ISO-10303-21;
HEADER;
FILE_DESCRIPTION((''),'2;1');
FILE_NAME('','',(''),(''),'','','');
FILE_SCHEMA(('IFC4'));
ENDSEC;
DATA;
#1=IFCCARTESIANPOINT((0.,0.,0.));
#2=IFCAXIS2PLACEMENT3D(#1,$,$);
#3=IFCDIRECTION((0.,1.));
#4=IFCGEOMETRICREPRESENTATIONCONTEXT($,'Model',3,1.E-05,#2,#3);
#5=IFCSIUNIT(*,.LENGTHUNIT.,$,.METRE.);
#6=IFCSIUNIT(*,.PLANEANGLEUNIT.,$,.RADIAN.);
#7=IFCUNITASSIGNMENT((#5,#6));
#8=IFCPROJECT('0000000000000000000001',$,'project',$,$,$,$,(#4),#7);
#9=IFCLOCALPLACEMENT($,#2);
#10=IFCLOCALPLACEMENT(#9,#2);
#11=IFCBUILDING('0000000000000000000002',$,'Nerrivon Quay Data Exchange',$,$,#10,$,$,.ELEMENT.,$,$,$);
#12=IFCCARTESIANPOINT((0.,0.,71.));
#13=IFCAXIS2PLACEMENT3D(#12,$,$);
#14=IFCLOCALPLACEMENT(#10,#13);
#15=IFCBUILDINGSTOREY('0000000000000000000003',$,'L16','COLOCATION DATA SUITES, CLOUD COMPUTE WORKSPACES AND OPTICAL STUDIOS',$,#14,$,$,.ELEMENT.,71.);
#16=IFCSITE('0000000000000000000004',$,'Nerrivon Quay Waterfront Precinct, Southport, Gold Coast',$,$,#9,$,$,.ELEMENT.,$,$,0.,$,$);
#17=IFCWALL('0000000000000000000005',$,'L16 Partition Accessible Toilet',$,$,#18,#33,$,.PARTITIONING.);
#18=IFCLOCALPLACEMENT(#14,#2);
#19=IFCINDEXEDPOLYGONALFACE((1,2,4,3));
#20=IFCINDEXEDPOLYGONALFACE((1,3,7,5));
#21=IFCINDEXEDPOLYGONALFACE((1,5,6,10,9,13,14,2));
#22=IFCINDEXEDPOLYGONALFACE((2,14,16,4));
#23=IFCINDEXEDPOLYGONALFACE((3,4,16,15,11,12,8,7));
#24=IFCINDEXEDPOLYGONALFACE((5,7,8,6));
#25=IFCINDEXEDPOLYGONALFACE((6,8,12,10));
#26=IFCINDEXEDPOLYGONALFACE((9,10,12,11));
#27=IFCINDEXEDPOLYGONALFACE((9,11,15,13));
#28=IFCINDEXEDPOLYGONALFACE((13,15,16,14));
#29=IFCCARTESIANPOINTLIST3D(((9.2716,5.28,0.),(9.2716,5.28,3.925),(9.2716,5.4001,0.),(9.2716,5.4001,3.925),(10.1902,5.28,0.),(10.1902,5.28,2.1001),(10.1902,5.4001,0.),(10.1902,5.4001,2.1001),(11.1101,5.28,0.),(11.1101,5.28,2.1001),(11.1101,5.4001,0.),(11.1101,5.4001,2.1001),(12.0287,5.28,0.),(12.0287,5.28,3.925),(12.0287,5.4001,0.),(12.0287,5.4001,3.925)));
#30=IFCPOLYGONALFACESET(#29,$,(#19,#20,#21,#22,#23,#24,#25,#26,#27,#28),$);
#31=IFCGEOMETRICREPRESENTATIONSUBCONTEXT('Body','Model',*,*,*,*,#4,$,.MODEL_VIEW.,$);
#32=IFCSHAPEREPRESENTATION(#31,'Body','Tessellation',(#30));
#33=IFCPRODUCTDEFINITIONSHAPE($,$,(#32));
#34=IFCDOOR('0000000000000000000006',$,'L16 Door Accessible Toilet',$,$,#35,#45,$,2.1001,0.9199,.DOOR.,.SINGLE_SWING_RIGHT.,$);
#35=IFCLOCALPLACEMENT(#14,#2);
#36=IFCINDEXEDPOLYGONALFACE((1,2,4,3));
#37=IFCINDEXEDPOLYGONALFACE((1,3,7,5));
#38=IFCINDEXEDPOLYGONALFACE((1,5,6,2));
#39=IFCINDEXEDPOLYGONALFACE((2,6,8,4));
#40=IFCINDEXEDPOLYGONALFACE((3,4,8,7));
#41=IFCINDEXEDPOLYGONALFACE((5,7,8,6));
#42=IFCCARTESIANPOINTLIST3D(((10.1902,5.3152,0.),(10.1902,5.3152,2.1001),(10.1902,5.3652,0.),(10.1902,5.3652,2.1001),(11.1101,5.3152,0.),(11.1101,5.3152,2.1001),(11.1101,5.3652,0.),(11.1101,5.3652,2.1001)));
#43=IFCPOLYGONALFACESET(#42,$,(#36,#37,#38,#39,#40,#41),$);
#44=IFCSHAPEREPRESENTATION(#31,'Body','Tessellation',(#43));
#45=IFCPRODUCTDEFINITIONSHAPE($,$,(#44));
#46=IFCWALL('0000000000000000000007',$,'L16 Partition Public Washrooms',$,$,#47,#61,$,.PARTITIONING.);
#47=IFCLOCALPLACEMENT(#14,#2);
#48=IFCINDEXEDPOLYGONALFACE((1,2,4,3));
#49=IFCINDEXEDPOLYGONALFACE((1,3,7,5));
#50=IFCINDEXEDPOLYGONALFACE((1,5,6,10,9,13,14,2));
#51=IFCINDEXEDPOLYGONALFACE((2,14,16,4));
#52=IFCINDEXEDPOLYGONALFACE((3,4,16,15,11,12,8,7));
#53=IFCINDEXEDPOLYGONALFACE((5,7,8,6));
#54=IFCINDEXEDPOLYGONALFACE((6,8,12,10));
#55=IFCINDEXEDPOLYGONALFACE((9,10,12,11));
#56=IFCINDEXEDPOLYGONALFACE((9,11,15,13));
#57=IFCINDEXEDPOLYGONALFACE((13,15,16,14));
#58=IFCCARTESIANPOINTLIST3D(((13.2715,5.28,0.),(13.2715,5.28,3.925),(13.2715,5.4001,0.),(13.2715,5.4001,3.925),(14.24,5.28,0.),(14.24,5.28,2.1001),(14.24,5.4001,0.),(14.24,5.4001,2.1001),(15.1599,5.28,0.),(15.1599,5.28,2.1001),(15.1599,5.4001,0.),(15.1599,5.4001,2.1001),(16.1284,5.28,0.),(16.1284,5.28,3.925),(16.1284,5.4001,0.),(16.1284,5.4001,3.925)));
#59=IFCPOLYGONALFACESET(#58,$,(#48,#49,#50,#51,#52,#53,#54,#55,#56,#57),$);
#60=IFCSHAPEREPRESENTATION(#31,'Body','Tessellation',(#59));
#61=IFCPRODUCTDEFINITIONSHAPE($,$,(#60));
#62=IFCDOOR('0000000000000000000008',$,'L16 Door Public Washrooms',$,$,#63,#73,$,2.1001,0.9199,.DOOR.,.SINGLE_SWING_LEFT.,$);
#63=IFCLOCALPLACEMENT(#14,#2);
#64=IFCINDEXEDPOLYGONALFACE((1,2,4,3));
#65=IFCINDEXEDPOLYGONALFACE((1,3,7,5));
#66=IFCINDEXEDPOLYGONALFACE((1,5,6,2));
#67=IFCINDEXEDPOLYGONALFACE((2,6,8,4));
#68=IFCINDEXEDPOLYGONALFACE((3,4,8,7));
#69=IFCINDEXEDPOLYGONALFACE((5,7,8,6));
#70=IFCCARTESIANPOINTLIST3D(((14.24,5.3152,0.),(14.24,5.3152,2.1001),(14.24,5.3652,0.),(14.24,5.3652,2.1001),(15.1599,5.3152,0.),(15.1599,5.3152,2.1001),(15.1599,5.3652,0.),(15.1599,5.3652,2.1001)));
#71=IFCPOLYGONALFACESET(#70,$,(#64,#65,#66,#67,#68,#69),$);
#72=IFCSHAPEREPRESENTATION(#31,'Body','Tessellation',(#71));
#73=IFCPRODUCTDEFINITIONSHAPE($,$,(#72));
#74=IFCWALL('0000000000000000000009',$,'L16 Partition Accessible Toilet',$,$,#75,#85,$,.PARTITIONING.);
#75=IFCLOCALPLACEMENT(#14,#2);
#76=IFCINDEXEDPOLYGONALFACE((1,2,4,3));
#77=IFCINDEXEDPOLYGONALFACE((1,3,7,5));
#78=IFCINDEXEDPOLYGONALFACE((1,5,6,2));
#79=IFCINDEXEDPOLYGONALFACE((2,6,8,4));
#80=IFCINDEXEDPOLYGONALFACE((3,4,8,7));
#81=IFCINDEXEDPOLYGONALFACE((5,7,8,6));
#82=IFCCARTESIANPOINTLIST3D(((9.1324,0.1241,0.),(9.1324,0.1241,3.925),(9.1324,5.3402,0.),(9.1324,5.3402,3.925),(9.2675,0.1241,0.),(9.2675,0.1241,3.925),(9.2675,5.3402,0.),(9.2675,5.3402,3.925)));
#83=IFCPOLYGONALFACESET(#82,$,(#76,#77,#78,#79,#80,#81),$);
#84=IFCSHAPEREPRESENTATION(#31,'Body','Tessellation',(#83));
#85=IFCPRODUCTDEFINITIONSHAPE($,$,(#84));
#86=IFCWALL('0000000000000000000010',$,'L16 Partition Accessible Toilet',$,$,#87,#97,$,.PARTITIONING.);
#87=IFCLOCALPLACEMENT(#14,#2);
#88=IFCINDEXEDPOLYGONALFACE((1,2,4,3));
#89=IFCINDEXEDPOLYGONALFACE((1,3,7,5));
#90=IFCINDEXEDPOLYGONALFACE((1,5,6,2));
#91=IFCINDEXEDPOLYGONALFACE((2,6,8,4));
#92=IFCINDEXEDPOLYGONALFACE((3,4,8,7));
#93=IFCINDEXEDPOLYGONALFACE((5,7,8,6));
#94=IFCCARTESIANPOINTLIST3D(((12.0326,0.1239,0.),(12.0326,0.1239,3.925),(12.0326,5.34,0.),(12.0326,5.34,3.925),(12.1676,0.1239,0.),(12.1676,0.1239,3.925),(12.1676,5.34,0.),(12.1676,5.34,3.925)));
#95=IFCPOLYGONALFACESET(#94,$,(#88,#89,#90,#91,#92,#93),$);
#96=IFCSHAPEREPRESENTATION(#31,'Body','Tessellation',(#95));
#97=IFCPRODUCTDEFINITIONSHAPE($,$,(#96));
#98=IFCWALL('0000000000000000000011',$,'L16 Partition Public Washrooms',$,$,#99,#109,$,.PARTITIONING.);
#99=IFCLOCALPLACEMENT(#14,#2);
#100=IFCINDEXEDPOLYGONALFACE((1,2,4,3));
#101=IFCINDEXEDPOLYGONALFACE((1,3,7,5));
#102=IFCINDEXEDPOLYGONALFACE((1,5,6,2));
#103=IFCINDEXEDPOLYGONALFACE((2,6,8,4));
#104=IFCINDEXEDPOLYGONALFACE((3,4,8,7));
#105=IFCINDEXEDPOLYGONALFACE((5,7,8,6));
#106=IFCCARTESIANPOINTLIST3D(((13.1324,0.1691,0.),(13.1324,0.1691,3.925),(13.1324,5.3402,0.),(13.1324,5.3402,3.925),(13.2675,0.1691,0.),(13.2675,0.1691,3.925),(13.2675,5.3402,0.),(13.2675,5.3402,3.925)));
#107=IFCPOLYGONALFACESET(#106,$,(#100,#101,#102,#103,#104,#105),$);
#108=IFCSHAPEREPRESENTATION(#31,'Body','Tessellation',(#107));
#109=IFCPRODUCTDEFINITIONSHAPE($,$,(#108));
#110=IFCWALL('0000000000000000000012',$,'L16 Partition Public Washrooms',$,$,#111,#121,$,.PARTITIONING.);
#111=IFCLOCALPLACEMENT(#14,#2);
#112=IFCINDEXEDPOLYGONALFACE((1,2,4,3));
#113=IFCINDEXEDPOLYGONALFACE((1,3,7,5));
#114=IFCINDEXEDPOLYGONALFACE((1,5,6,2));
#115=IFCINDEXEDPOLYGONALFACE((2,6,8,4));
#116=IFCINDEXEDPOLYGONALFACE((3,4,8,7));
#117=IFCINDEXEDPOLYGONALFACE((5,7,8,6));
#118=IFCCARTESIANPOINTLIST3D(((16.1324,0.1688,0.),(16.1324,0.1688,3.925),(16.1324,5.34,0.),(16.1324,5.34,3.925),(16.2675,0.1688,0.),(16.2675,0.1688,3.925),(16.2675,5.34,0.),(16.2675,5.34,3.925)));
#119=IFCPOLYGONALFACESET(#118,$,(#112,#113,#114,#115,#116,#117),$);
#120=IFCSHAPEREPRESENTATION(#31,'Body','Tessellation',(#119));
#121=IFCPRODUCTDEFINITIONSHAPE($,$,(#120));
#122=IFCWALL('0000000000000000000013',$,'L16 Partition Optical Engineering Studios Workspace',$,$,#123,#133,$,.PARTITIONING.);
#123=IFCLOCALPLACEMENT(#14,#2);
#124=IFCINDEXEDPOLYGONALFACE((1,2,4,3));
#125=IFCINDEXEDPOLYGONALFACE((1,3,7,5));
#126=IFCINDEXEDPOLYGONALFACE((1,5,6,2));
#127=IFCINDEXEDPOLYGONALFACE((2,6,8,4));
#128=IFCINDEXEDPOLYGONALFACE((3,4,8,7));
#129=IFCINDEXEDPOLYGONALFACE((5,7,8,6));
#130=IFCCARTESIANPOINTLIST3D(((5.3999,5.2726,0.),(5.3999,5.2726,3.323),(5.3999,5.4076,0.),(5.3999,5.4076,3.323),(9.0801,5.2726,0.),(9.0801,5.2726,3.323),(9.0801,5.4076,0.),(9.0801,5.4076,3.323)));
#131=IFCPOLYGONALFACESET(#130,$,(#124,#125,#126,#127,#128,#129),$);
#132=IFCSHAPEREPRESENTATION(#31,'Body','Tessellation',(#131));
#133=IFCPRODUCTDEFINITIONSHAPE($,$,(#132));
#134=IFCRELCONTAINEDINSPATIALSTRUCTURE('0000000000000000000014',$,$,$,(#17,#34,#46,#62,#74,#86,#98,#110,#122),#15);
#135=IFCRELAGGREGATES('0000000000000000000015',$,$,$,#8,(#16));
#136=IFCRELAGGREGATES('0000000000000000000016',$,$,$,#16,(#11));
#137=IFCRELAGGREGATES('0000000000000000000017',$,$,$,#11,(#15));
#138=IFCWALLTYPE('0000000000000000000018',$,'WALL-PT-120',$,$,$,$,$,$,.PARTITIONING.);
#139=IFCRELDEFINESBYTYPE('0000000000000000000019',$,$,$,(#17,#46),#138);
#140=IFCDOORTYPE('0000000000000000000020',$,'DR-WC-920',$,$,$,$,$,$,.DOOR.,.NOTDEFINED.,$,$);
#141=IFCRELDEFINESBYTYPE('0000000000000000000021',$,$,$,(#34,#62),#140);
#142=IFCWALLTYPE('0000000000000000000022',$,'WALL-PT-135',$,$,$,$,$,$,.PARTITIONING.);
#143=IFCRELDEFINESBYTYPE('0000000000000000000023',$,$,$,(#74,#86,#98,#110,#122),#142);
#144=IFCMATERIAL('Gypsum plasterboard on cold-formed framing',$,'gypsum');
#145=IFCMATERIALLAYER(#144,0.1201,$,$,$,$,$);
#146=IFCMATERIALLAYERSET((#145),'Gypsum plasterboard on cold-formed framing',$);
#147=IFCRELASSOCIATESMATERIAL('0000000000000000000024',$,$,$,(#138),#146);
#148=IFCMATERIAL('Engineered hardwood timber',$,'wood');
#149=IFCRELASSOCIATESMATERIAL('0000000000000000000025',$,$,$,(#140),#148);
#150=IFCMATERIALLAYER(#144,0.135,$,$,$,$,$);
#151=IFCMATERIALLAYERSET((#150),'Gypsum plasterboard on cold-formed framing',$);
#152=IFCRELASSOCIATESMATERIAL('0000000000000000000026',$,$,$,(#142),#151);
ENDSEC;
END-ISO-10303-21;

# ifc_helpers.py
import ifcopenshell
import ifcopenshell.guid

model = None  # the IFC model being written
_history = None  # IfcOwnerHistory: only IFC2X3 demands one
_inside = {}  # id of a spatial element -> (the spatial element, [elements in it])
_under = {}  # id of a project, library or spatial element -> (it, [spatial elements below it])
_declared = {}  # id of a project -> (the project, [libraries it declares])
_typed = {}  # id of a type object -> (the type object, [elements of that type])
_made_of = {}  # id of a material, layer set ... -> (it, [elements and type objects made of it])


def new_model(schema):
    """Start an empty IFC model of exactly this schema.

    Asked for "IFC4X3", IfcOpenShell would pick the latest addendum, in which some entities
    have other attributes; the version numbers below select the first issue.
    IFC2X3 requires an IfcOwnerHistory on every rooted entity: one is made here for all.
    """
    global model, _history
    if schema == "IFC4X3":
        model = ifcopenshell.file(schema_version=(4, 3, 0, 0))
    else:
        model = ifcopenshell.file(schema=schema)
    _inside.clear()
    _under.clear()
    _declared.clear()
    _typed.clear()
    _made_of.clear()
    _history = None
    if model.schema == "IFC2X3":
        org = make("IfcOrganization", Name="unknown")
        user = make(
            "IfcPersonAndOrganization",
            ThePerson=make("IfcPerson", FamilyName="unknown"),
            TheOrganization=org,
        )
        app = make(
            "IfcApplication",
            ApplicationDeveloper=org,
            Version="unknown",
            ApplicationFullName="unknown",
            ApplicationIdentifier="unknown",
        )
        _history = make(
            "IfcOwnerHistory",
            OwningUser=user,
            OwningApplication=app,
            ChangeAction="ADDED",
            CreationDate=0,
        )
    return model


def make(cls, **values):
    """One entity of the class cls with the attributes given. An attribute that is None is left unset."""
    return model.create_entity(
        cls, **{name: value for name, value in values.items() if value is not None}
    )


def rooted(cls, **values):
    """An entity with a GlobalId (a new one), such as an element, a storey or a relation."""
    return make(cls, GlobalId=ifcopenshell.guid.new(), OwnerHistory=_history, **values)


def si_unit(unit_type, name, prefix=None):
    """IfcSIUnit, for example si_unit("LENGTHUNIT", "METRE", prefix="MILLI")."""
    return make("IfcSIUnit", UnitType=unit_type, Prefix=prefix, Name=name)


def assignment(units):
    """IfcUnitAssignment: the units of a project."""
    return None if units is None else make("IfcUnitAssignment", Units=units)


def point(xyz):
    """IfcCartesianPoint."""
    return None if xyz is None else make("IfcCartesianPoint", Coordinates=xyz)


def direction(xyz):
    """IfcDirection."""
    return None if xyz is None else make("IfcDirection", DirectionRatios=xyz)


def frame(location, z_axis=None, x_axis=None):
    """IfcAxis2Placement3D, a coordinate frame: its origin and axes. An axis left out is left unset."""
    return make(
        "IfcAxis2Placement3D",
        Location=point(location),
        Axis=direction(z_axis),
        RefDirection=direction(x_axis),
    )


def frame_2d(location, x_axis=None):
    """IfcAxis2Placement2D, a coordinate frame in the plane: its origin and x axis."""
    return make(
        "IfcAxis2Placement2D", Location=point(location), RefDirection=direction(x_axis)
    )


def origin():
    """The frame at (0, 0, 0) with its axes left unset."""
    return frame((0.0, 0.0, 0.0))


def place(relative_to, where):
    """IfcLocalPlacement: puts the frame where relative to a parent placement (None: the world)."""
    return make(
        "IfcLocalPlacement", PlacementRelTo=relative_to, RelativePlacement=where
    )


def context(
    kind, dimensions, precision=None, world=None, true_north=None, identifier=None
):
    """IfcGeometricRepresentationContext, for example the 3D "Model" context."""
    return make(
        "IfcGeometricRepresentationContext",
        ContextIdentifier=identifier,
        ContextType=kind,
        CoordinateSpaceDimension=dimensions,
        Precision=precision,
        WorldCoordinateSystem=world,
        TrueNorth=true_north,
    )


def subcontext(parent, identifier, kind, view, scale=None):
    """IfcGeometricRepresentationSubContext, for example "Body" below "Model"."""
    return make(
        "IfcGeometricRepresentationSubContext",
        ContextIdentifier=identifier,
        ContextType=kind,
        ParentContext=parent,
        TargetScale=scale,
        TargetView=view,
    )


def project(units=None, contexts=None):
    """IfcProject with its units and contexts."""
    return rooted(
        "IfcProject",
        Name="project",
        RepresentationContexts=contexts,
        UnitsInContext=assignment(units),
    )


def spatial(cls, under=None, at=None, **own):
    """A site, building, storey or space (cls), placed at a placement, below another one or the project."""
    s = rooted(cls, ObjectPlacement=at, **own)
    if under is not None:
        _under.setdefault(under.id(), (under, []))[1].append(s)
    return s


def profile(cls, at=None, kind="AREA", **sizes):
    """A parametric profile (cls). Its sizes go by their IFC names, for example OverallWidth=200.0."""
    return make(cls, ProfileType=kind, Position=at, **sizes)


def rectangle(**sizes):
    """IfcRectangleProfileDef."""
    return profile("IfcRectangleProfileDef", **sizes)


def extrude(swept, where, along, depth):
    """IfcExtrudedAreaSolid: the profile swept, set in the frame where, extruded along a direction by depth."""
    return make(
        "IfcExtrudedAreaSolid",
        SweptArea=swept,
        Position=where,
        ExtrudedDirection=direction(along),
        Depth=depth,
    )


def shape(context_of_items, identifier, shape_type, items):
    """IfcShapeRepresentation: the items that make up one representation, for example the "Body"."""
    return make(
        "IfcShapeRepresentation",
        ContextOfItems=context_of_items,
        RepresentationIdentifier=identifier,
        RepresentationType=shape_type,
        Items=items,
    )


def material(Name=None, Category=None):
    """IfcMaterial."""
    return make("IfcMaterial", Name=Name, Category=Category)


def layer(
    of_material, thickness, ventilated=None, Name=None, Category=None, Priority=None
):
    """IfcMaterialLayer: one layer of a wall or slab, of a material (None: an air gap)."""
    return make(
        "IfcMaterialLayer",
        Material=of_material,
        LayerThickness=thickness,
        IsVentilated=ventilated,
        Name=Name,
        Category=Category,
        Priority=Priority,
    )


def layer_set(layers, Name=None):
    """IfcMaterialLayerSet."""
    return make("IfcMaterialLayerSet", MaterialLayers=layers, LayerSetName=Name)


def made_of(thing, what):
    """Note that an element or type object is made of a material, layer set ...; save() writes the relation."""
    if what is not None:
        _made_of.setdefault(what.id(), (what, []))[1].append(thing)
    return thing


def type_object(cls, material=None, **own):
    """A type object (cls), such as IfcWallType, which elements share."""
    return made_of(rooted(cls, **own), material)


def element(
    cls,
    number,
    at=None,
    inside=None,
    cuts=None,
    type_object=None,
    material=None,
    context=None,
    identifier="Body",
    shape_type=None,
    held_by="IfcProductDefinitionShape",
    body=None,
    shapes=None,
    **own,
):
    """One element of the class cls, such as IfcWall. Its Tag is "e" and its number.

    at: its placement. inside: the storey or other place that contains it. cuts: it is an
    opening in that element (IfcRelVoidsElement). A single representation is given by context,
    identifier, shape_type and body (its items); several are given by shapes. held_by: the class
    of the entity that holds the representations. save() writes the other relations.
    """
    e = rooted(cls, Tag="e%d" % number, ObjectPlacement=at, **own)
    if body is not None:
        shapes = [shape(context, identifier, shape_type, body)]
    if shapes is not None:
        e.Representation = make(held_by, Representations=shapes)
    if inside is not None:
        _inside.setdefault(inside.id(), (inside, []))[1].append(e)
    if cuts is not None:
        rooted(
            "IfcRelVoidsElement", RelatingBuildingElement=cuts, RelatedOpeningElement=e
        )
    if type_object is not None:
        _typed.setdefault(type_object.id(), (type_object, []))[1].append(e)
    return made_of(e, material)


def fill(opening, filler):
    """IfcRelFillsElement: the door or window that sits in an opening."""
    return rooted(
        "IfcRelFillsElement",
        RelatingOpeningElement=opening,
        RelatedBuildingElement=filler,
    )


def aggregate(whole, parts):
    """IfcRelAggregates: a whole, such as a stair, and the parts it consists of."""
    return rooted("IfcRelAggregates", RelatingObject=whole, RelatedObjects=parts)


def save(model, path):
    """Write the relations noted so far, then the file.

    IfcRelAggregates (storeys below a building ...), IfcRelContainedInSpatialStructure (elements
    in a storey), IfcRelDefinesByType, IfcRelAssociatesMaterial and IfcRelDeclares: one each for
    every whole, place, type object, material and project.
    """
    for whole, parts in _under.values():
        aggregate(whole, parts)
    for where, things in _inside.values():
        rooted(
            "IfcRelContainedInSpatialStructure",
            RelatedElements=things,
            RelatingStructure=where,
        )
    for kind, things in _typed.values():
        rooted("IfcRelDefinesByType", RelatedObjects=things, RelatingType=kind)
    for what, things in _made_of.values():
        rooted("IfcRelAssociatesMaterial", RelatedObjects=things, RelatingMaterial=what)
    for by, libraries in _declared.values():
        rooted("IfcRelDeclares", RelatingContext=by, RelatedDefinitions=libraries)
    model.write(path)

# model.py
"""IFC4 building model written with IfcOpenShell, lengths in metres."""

from ifc_helpers import new_model, si_unit, direction, frame, frame_2d, origin, place, context, subcontext, project, spatial, rectangle, extrude, material, layer, layer_set, type_object, element, fill, save


model = new_model("IFC4")

# Units and contexts
model_context = context("Model", 3, precision=1e-05, world=origin(), true_north=direction((0.0, 1.0)))
body_context = subcontext(model_context, "Body", "Model", "MODEL_VIEW")
ifc_project = project(units=[si_unit("LENGTHUNIT", "METRE"), si_unit("PLANEANGLEUNIT", "RADIAN")], contexts=[model_context])

# Site, building, storey
site_placement = place(None, origin())
site = spatial("IfcSite", under=ifc_project, at=site_placement, Name="Nerrivon Quay Waterfront Precinct, Southport, Gold Coast", CompositionType="ELEMENT", RefElevation=0.0)
building_placement = place(site_placement, origin())
building = spatial("IfcBuilding", under=site, at=building_placement, Name="Nerrivon Quay Data Exchange", CompositionType="ELEMENT")
storey_placement = place(building_placement, frame((0.0, 0.0, 71.0)))
storey = spatial("IfcBuildingStorey", under=building, at=storey_placement, Name="L16", Description="COLOCATION DATA SUITES, CLOUD COMPUTE WORKSPACES AND OPTICAL STUDIOS", CompositionType="ELEMENT", Elevation=71.0)

# Shared definitions
ifc_material_1 = material(Name="Gypsum plasterboard on cold-formed framing", Category="gypsum")

# Walls, openings, doors
ifc_material_2 = material(Name="Engineered hardwood timber", Category="wood")
ifc_layer_1 = layer(ifc_material_1, 0.1201)
ifc_layer_set_1 = layer_set([ifc_layer_1], Name="Gypsum plasterboard on cold-formed framing")
wall_type_1 = type_object("IfcWallType", Name="WALL-PT-120", PredefinedType="PARTITIONING", material=ifc_layer_set_1)
wall_1_placement = place(storey_placement, frame((12.0286, 5.3401, 0.0), z_axis=(0.0, 0.0, 1.0), x_axis=(-1.0, 0.0, 0.0)))
wall_1 = element("IfcWall", 1, at=wall_1_placement, inside=storey, type_object=wall_type_1, Name="L16 Partition Accessible Toilet", PredefinedType="PARTITIONING", context=body_context, shape_type="SweptSolid", body=[
    extrude(rectangle(XDim=2.7571, YDim=0.1201, at=frame_2d((1.3784, 0.0))), origin(), (0.0, 0.0, 1.0), 3.925),
])
opening_1_placement = place(wall_1_placement, frame((0.9185, 0.0, 0.0)))
opening_1 = element("IfcOpeningElement", 2, at=opening_1_placement, cuts=wall_1, PredefinedType="OPENING", context=body_context, shape_type="SweptSolid", body=[
    extrude(rectangle(XDim=0.9199, YDim=2.1001, at=frame_2d((0.46, 1.05))), frame((0.0, 0.0701, 0.0), z_axis=(0.0, -1.0, 0.0), x_axis=(1.0, 0.0, 0.0)), (0.0, 0.0, 1.0), 0.1401),
])
door_type_1 = type_object("IfcDoorType", Name="DR-WC-920", OperationType="NOTDEFINED", PredefinedType="DOOR", material=ifc_material_2)
door_1_placement = place(opening_1_placement, origin())
door_1 = element("IfcDoor", 3, at=door_1_placement, inside=storey, type_object=door_type_1, Name="L16 Door Accessible Toilet", OperationType="SINGLE_SWING_RIGHT", OverallHeight=2.1001, OverallWidth=0.9199, PredefinedType="DOOR", context=body_context, shape_type="SweptSolid", body=[
    extrude(rectangle(XDim=0.9199, YDim=2.1001, at=frame_2d((0.46, 1.05))), frame((0.0, 0.0249, 0.0), z_axis=(0.0, -1.0, 0.0), x_axis=(1.0, 0.0, 0.0)), (0.0, 0.0, 1.0), 0.05),
])
fill(opening_1, door_1)
wall_2_placement = place(storey_placement, frame((16.1284, 5.3401, 0.0), z_axis=(0.0, 0.0, 1.0), x_axis=(-1.0, 0.0, 0.0)))
wall_2 = element("IfcWall", 4, at=wall_2_placement, inside=storey, type_object=wall_type_1, Name="L16 Partition Public Washrooms", PredefinedType="PARTITIONING", context=body_context, shape_type="SweptSolid", body=[
    extrude(rectangle(XDim=2.8569, YDim=0.1201, at=frame_2d((1.4285, 0.0))), origin(), (0.0, 0.0, 1.0), 3.925),
])
opening_2_placement = place(wall_2_placement, frame((0.9685, 0.0, 0.0)))
opening_2 = element("IfcOpeningElement", 5, at=opening_2_placement, cuts=wall_2, PredefinedType="OPENING", context=body_context, shape_type="SweptSolid", body=[
    extrude(rectangle(XDim=0.9199, YDim=2.1001, at=frame_2d((0.46, 1.05))), frame((0.0, 0.0701, 0.0), z_axis=(0.0, -1.0, 0.0), x_axis=(1.0, 0.0, 0.0)), (0.0, 0.0, 1.0), 0.1401),
])
door_2_placement = place(opening_2_placement, origin())
door_2 = element("IfcDoor", 6, at=door_2_placement, inside=storey, type_object=door_type_1, Name="L16 Door Public Washrooms", OperationType="SINGLE_SWING_LEFT", OverallHeight=2.1001, OverallWidth=0.9199, PredefinedType="DOOR", context=body_context, shape_type="SweptSolid", body=[
    extrude(rectangle(XDim=0.9199, YDim=2.1001, at=frame_2d((0.46, 1.05))), frame((0.0, 0.0249, 0.0), z_axis=(0.0, -1.0, 0.0), x_axis=(1.0, 0.0, 0.0)), (0.0, 0.0, 1.0), 0.05),
])
fill(opening_2, door_2)

# Walls
ifc_layer_2 = layer(ifc_material_1, 0.135)
ifc_layer_set_2 = layer_set([ifc_layer_2], Name="Gypsum plasterboard on cold-formed framing")
wall_type_2 = type_object("IfcWallType", Name="WALL-PT-135", PredefinedType="PARTITIONING", material=ifc_layer_set_2)
for number, where, z_axis, x_axis, name in (
    (7, (9.2, 5.3401, 0.0), (0.0, 0.0, 1.0), (0.0, -1.0, 0.0), "L16 Partition Accessible Toilet"),
    (8, (12.1001, 0.124, 0.0), (0.0, 0.0, 1.0), (0.0, 1.0, 0.0), "L16 Partition Accessible Toilet"),
):
    element("IfcWall", number, at=place(storey_placement, frame(where, z_axis=z_axis, x_axis=x_axis)), inside=storey, type_object=wall_type_2, Name=name, PredefinedType="PARTITIONING", context=body_context, shape_type="SweptSolid", body=[
        extrude(rectangle(XDim=5.2161, YDim=0.135, at=frame_2d((2.6079, 0.0))), origin(), (0.0, 0.0, 1.0), 3.925),
    ])
for number, where, z_axis, x_axis, name in (
    (9, (13.2, 5.3401, 0.0), (0.0, 0.0, 1.0), (0.0, -1.0, 0.0), "L16 Partition Public Washrooms"),
    (10, (16.2, 0.1689, 0.0), (0.0, 0.0, 1.0), (0.0, 1.0, 0.0), "L16 Partition Public Washrooms"),
):
    element("IfcWall", number, at=place(storey_placement, frame(where, z_axis=z_axis, x_axis=x_axis)), inside=storey, type_object=wall_type_2, Name=name, PredefinedType="PARTITIONING", context=body_context, shape_type="SweptSolid", body=[
        extrude(rectangle(XDim=5.1711, YDim=0.135, at=frame_2d((2.5854, 0.0))), origin(), (0.0, 0.0, 1.0), 3.925),
    ])
wall_3_placement = place(storey_placement, frame((9.0801, 5.3401, 0.0), z_axis=(0.0, 0.0, 1.0), x_axis=(-1.0, 0.0, 0.0)))
element("IfcWall", 11, at=wall_3_placement, inside=storey, type_object=wall_type_2, Name="L16 Partition Optical Engineering Studios Workspace", PredefinedType="PARTITIONING", context=body_context, shape_type="SweptSolid", body=[
    extrude(rectangle(XDim=3.6802, YDim=0.135, at=frame_2d((1.8401, 0.0))), origin(), (0.0, 0.0, 1.0), 3.323),
])

save(model, "model.ifc")
